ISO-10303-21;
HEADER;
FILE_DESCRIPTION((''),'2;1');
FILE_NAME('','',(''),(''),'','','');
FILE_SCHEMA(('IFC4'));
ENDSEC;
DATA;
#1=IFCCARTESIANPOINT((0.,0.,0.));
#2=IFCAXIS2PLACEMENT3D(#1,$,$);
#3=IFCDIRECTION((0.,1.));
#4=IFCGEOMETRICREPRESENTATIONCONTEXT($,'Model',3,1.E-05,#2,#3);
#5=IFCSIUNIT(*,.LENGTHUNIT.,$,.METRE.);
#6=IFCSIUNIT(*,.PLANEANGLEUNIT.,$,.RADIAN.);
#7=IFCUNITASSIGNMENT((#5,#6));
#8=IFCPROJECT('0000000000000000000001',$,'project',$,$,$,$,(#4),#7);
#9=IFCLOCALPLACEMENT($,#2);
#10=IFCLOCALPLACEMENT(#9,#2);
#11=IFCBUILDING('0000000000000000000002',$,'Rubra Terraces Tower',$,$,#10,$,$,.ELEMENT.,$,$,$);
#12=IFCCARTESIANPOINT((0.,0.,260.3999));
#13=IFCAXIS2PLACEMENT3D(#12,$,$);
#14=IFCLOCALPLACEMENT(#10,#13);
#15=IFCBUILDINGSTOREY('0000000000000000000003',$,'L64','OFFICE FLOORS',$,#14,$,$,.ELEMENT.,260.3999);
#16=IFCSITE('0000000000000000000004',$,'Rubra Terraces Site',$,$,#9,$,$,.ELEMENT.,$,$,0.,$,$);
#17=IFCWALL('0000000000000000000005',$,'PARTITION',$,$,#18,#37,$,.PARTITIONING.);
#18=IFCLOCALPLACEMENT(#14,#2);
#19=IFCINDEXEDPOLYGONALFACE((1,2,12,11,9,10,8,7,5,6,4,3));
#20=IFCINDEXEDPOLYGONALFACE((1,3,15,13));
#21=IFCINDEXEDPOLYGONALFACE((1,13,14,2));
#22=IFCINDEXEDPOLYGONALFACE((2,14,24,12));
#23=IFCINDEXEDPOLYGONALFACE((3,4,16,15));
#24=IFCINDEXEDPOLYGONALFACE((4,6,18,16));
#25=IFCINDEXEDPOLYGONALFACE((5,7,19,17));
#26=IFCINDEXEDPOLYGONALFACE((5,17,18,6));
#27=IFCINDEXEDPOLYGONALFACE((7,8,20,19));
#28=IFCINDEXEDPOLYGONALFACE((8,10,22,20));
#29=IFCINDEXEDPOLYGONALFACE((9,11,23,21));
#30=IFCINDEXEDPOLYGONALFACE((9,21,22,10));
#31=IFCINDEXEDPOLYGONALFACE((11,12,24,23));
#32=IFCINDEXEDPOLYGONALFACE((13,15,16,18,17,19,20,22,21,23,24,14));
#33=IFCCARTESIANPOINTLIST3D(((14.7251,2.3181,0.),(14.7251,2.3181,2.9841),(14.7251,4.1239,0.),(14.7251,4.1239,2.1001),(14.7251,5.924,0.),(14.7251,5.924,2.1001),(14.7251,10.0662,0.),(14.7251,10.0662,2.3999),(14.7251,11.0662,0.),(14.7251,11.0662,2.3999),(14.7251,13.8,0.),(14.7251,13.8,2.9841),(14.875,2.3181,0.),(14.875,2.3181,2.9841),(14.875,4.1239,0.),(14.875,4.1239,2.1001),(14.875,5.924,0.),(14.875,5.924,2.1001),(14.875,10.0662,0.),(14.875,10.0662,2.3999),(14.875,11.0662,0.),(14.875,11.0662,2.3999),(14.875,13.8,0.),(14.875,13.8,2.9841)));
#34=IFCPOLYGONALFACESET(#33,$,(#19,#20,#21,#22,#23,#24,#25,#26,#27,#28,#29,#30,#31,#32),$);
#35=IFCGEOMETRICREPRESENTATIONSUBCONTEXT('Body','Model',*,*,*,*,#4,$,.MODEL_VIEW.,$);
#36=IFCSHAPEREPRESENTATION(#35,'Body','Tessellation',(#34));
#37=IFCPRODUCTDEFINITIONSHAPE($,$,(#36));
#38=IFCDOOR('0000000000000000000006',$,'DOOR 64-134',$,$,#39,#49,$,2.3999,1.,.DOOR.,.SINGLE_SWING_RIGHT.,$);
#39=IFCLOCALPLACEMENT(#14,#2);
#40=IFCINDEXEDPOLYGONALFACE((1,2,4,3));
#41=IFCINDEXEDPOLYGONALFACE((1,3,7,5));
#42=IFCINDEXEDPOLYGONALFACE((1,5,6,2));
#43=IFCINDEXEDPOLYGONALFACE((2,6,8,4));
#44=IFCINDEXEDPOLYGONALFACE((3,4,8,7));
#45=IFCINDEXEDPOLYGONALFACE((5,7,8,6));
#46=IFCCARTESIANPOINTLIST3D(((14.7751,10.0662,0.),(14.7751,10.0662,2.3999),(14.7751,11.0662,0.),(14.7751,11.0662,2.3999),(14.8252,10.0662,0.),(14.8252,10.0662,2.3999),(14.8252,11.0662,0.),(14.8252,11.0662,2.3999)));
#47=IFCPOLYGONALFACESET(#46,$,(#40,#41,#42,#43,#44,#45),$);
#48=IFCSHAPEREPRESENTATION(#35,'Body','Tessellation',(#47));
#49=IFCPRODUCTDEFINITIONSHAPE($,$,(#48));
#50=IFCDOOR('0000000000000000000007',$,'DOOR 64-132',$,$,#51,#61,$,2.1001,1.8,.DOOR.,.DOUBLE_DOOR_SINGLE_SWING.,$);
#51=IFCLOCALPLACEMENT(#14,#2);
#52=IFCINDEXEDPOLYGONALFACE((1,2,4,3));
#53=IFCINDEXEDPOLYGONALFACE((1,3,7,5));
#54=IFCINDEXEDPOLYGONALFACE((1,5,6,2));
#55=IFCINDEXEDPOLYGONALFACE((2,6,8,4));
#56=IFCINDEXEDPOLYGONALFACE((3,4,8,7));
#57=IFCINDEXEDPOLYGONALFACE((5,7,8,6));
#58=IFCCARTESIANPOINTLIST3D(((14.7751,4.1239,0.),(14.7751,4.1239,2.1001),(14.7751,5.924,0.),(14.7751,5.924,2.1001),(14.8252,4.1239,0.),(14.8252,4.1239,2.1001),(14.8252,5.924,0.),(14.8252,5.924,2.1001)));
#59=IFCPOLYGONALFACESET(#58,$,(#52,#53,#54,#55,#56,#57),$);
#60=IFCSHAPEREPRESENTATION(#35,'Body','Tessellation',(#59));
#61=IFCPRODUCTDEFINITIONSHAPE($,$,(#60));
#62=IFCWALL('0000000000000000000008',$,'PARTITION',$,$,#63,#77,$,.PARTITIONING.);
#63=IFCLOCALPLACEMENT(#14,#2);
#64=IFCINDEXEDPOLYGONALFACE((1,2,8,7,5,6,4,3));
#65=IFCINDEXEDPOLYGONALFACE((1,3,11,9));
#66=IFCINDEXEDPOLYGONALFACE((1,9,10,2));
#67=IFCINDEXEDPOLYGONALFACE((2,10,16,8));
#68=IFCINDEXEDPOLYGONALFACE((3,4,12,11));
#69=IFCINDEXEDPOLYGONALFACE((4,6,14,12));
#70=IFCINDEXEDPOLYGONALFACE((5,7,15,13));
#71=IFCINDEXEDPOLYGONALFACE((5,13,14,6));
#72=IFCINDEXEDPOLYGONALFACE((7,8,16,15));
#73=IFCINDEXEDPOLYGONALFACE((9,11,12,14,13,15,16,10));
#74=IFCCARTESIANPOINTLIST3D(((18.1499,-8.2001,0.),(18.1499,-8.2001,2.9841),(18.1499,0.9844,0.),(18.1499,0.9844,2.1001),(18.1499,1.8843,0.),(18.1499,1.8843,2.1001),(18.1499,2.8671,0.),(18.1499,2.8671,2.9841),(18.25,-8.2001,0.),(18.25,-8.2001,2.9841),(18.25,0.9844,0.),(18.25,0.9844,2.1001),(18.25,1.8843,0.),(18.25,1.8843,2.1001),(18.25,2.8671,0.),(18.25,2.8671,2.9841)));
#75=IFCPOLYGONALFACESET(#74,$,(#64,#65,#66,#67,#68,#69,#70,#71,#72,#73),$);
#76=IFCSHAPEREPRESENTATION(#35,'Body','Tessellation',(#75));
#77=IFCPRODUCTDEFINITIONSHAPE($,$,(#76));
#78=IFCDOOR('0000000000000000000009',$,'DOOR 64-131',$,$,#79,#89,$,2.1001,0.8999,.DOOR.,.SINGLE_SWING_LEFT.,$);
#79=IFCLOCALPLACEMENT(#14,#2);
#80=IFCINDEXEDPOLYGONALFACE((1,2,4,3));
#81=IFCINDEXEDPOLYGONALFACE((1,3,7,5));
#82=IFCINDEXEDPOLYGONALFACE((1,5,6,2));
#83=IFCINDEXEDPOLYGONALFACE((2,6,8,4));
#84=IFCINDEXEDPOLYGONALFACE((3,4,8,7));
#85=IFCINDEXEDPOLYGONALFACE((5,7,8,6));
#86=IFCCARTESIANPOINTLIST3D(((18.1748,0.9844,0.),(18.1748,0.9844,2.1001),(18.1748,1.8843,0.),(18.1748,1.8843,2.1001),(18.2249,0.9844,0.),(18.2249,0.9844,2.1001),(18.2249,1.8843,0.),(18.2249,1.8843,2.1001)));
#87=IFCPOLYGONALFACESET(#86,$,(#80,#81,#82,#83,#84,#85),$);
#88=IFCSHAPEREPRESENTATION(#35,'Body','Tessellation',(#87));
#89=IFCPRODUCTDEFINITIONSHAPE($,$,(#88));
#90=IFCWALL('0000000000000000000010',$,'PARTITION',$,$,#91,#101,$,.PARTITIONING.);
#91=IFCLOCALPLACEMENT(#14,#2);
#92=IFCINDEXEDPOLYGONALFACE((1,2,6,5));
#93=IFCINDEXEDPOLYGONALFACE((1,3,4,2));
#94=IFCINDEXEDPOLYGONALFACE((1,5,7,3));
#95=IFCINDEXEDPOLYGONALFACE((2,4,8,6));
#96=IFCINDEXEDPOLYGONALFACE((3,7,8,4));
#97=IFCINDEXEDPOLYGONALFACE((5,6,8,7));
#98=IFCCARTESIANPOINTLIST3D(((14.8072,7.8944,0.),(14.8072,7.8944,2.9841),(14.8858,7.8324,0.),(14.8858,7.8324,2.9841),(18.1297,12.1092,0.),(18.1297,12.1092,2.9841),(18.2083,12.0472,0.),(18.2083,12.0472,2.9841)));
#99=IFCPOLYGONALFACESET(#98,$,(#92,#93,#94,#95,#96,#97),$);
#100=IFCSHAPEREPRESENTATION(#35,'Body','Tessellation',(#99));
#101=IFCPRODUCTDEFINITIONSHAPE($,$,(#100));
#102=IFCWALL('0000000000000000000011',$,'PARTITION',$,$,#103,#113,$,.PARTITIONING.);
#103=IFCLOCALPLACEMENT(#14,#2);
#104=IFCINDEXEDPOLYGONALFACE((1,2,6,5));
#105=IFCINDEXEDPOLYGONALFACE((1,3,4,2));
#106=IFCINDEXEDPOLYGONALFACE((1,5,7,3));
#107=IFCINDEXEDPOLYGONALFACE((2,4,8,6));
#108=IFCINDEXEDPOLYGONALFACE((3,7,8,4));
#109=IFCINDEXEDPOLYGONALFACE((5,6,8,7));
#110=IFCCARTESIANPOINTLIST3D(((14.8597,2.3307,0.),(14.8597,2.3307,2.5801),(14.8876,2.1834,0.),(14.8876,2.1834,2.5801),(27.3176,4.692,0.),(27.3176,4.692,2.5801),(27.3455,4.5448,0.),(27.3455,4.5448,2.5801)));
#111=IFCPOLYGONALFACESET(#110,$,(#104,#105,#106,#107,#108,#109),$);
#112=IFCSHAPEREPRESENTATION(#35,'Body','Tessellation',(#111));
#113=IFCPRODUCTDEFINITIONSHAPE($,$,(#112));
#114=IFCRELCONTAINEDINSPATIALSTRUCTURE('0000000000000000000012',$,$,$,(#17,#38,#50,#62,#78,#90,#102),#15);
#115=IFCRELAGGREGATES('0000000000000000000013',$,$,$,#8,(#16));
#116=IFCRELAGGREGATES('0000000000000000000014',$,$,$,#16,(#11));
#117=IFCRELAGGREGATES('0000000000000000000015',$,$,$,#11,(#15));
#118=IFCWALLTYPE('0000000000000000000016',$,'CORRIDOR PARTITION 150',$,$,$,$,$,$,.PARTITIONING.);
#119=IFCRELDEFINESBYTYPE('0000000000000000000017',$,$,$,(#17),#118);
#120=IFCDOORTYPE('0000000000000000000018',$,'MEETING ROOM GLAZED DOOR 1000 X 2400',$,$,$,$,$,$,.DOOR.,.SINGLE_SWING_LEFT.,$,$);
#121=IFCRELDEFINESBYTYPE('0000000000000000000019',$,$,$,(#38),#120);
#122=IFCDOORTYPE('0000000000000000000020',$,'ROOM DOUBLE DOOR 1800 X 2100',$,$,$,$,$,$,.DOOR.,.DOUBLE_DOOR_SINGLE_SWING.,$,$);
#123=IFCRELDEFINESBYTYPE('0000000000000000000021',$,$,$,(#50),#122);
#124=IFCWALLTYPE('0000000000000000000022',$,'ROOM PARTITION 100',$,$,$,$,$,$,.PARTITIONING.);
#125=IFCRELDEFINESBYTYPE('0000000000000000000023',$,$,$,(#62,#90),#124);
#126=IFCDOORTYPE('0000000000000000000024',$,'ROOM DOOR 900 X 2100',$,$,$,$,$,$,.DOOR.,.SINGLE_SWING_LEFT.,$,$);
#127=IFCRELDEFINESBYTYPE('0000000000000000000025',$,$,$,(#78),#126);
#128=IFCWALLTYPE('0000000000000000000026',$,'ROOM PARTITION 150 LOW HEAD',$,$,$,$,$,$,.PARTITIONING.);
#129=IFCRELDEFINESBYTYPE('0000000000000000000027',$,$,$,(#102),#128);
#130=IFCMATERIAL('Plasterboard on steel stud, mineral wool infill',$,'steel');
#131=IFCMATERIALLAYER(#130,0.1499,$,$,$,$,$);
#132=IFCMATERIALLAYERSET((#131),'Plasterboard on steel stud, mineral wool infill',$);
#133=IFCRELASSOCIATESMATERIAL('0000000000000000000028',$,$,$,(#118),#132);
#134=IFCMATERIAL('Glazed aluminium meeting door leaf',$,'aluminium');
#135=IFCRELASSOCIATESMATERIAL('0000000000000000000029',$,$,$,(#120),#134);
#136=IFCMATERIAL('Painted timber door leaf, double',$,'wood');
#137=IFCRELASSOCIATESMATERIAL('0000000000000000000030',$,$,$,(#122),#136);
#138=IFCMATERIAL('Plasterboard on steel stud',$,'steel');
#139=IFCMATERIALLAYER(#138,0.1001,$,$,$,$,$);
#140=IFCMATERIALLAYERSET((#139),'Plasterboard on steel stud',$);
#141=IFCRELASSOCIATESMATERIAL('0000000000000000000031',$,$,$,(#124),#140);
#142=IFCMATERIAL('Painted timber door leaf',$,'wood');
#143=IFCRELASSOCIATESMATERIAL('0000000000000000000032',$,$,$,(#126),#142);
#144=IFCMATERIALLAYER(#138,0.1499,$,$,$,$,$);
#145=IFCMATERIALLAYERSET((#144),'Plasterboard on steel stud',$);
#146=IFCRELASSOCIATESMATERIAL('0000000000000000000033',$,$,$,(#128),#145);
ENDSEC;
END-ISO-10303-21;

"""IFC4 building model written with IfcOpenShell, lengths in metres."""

from ifc_helpers import new_model, si_unit, direction, frame, frame_2d, origin, place, context, subcontext, project, spatial, rectangle, extrude, material, layer, layer_set, type_object, element, fill, save


model = new_model("IFC4")

# Units and contexts
model_context = context("Model", 3, precision=1e-05, world=origin(), true_north=direction((0.0, 1.0)))
body_context = subcontext(model_context, "Body", "Model", "MODEL_VIEW")
ifc_project = project(units=[si_unit("LENGTHUNIT", "METRE"), si_unit("PLANEANGLEUNIT", "RADIAN")], contexts=[model_context])

# Site, building, storey
site_placement = place(None, origin())
site = spatial("IfcSite", under=ifc_project, at=site_placement, Name="Rubra Terraces Site", CompositionType="ELEMENT", RefElevation=0.0)
building_placement = place(site_placement, origin())
building = spatial("IfcBuilding", under=site, at=building_placement, Name="Rubra Terraces Tower", CompositionType="ELEMENT")
storey_placement = place(building_placement, frame((0.0, 0.0, 260.3999)))
storey = spatial("IfcBuildingStorey", under=building, at=storey_placement, Name="L64", Description="OFFICE FLOORS", CompositionType="ELEMENT", Elevation=260.3999)

# Wall, openings, doors
ifc_material_1 = material(Name="Plasterboard on steel stud, mineral wool infill", Category="steel")
ifc_layer_1 = layer(ifc_material_1, 0.1499)
ifc_layer_set_1 = layer_set([ifc_layer_1], Name="Plasterboard on steel stud, mineral wool infill")
wall_type_1 = type_object("IfcWallType", Name="CORRIDOR PARTITION 150", PredefinedType="PARTITIONING", material=ifc_layer_set_1)
wall_1_placement = place(storey_placement, frame((14.8, 2.3181, 0.0), z_axis=(0.0, 0.0, 1.0), x_axis=(0.0, 1.0, 0.0)))
wall_1 = element("IfcWall", 1, at=wall_1_placement, inside=storey, type_object=wall_type_1, Name="PARTITION", PredefinedType="PARTITIONING", context=body_context, shape_type="SweptSolid", body=[
    extrude(rectangle(XDim=11.4819, YDim=0.1499, at=frame_2d((5.741, 0.0))), origin(), (0.0, 0.0, 1.0), 2.9841),
])
opening_1_placement = place(wall_1_placement, frame((1.8059, 0.0, 0.0)))
opening_1 = element("IfcOpeningElement", 2, at=opening_1_placement, cuts=wall_1, PredefinedType="OPENING", context=body_context, shape_type="SweptSolid", body=[
    extrude(rectangle(XDim=1.8, YDim=2.1001, at=frame_2d((0.8999, 1.05))), frame((0.0, 0.085, 0.0), z_axis=(0.0, -1.0, 0.0), x_axis=(1.0, 0.0, 0.0)), (0.0, 0.0, 1.0), 0.1699),
])
opening_2_placement = place(wall_1_placement, frame((7.748, 0.0, 0.0)))
opening_2 = element("IfcOpeningElement", 3, at=opening_2_placement, cuts=wall_1, PredefinedType="OPENING", context=body_context, shape_type="SweptSolid", body=[
    extrude(rectangle(XDim=1.0, YDim=2.3999, at=frame_2d((0.5, 1.2))), frame((0.0, 0.085, 0.0), z_axis=(0.0, -1.0, 0.0), x_axis=(1.0, 0.0, 0.0)), (0.0, 0.0, 1.0), 0.1699),
])
ifc_material_2 = material(Name="Glazed aluminium meeting door leaf", Category="aluminium")
door_type_1 = type_object("IfcDoorType", Name="MEETING ROOM GLAZED DOOR 1000 X 2400", OperationType="SINGLE_SWING_LEFT", PredefinedType="DOOR", material=ifc_material_2)
door_1_placement = place(opening_2_placement, origin())
door_1 = element("IfcDoor", 4, at=door_1_placement, inside=storey, type_object=door_type_1, Name="DOOR 64-134", OperationType="SINGLE_SWING_RIGHT", OverallHeight=2.3999, OverallWidth=1.0, PredefinedType="DOOR", context=body_context, shape_type="SweptSolid", body=[
    extrude(rectangle(XDim=1.0, YDim=2.3999, at=frame_2d((0.5, 1.2))), frame((0.0, 0.0249, 0.0), z_axis=(0.0, -1.0, 0.0), x_axis=(1.0, 0.0, 0.0)), (0.0, 0.0, 1.0), 0.05),
])
fill(opening_2, door_1)
ifc_material_3 = material(Name="Painted timber door leaf, double", Category="wood")
door_type_2 = type_object("IfcDoorType", Name="ROOM DOUBLE DOOR 1800 X 2100", OperationType="DOUBLE_DOOR_SINGLE_SWING", PredefinedType="DOOR", material=ifc_material_3)
door_2_placement = place(opening_1_placement, origin())
door_2 = element("IfcDoor", 5, at=door_2_placement, inside=storey, type_object=door_type_2, Name="DOOR 64-132", OperationType="DOUBLE_DOOR_SINGLE_SWING", OverallHeight=2.1001, OverallWidth=1.8, PredefinedType="DOOR", context=body_context, shape_type="SweptSolid", body=[
    extrude(rectangle(XDim=1.8, YDim=2.1001, at=frame_2d((0.8999, 1.05))), frame((0.0, 0.0249, 0.0), z_axis=(0.0, -1.0, 0.0), x_axis=(1.0, 0.0, 0.0)), (0.0, 0.0, 1.0), 0.05),
])
fill(opening_1, door_2)

# Wall, opening, door
ifc_material_4 = material(Name="Plasterboard on steel stud", Category="steel")
ifc_layer_2 = layer(ifc_material_4, 0.1001)
ifc_layer_set_2 = layer_set([ifc_layer_2], Name="Plasterboard on steel stud")
wall_type_2 = type_object("IfcWallType", Name="ROOM PARTITION 100", PredefinedType="PARTITIONING", material=ifc_layer_set_2)
wall_2_placement = place(storey_placement, frame((18.2, 2.8672, 0.0), z_axis=(0.0, 0.0, 1.0), x_axis=(0.0, -1.0, 0.0)))
wall_2 = element("IfcWall", 6, at=wall_2_placement, inside=storey, type_object=wall_type_2, Name="PARTITION", PredefinedType="PARTITIONING", context=body_context, shape_type="SweptSolid", body=[
    extrude(rectangle(XDim=11.0671, YDim=0.1001, at=frame_2d((5.5337, 0.0))), origin(), (0.0, 0.0, 1.0), 2.9841),
])
opening_3_placement = place(wall_2_placement, frame((0.9829, 0.0, 0.0)))
opening_3 = element("IfcOpeningElement", 7, at=opening_3_placement, cuts=wall_2, PredefinedType="OPENING", context=body_context, shape_type="SweptSolid", body=[
    extrude(rectangle(XDim=0.8999, YDim=2.1001, at=frame_2d((0.45, 1.05))), frame((0.0, 0.0601, 0.0), z_axis=(0.0, -1.0, 0.0), x_axis=(1.0, 0.0, 0.0)), (0.0, 0.0, 1.0), 0.1201),
])
ifc_material_5 = material(Name="Painted timber door leaf", Category="wood")
door_type_3 = type_object("IfcDoorType", Name="ROOM DOOR 900 X 2100", OperationType="SINGLE_SWING_LEFT", PredefinedType="DOOR", material=ifc_material_5)
door_3_placement = place(opening_3_placement, origin())
door_3 = element("IfcDoor", 8, at=door_3_placement, inside=storey, type_object=door_type_3, Name="DOOR 64-131", OperationType="SINGLE_SWING_LEFT", OverallHeight=2.1001, OverallWidth=0.8999, PredefinedType="DOOR", context=body_context, shape_type="SweptSolid", body=[
    extrude(rectangle(XDim=0.8999, YDim=2.1001, at=frame_2d((0.45, 1.05))), frame((0.0, 0.0249, 0.0), z_axis=(0.0, -1.0, 0.0), x_axis=(1.0, 0.0, 0.0)), (0.0, 0.0, 1.0), 0.05),
])
fill(opening_3, door_3)

# Walls
wall_3_placement = place(storey_placement, frame((14.8464, 7.8633, 0.0), z_axis=(0.0, 0.0, 1.0), x_axis=(0.61907, 0.785336, 0.0)))
element("IfcWall", 9, at=wall_3_placement, inside=storey, type_object=wall_type_2, Name="PARTITION", PredefinedType="PARTITIONING", context=body_context, shape_type="SweptSolid", body=[
    extrude(rectangle(XDim=5.3669, YDim=0.1001, at=frame_2d((2.6836, 0.0))), origin(), (0.0, 0.0, 1.0), 2.9841),
])
ifc_layer_3 = layer(ifc_material_4, 0.1499)
ifc_layer_set_3 = layer_set([ifc_layer_3], Name="Plasterboard on steel stud")
wall_type_3 = type_object("IfcWallType", Name="ROOM PARTITION 150 LOW HEAD", PredefinedType="PARTITIONING", material=ifc_layer_set_3)
wall_4_placement = place(storey_placement, frame((27.3315, 4.6184, 0.0), z_axis=(0.0, 0.0, 1.0), x_axis=(-0.982506, -0.186231, 0.0)))
element("IfcWall", 10, at=wall_4_placement, inside=storey, type_object=wall_type_3, Name="PARTITION", PredefinedType="PARTITIONING", context=body_context, shape_type="SweptSolid", body=[
    extrude(rectangle(XDim=12.6797, YDim=0.1499, at=frame_2d((6.3398, 0.0))), origin(), (0.0, 0.0, 1.0), 2.5801),
])

save(model, "model.ifc")
